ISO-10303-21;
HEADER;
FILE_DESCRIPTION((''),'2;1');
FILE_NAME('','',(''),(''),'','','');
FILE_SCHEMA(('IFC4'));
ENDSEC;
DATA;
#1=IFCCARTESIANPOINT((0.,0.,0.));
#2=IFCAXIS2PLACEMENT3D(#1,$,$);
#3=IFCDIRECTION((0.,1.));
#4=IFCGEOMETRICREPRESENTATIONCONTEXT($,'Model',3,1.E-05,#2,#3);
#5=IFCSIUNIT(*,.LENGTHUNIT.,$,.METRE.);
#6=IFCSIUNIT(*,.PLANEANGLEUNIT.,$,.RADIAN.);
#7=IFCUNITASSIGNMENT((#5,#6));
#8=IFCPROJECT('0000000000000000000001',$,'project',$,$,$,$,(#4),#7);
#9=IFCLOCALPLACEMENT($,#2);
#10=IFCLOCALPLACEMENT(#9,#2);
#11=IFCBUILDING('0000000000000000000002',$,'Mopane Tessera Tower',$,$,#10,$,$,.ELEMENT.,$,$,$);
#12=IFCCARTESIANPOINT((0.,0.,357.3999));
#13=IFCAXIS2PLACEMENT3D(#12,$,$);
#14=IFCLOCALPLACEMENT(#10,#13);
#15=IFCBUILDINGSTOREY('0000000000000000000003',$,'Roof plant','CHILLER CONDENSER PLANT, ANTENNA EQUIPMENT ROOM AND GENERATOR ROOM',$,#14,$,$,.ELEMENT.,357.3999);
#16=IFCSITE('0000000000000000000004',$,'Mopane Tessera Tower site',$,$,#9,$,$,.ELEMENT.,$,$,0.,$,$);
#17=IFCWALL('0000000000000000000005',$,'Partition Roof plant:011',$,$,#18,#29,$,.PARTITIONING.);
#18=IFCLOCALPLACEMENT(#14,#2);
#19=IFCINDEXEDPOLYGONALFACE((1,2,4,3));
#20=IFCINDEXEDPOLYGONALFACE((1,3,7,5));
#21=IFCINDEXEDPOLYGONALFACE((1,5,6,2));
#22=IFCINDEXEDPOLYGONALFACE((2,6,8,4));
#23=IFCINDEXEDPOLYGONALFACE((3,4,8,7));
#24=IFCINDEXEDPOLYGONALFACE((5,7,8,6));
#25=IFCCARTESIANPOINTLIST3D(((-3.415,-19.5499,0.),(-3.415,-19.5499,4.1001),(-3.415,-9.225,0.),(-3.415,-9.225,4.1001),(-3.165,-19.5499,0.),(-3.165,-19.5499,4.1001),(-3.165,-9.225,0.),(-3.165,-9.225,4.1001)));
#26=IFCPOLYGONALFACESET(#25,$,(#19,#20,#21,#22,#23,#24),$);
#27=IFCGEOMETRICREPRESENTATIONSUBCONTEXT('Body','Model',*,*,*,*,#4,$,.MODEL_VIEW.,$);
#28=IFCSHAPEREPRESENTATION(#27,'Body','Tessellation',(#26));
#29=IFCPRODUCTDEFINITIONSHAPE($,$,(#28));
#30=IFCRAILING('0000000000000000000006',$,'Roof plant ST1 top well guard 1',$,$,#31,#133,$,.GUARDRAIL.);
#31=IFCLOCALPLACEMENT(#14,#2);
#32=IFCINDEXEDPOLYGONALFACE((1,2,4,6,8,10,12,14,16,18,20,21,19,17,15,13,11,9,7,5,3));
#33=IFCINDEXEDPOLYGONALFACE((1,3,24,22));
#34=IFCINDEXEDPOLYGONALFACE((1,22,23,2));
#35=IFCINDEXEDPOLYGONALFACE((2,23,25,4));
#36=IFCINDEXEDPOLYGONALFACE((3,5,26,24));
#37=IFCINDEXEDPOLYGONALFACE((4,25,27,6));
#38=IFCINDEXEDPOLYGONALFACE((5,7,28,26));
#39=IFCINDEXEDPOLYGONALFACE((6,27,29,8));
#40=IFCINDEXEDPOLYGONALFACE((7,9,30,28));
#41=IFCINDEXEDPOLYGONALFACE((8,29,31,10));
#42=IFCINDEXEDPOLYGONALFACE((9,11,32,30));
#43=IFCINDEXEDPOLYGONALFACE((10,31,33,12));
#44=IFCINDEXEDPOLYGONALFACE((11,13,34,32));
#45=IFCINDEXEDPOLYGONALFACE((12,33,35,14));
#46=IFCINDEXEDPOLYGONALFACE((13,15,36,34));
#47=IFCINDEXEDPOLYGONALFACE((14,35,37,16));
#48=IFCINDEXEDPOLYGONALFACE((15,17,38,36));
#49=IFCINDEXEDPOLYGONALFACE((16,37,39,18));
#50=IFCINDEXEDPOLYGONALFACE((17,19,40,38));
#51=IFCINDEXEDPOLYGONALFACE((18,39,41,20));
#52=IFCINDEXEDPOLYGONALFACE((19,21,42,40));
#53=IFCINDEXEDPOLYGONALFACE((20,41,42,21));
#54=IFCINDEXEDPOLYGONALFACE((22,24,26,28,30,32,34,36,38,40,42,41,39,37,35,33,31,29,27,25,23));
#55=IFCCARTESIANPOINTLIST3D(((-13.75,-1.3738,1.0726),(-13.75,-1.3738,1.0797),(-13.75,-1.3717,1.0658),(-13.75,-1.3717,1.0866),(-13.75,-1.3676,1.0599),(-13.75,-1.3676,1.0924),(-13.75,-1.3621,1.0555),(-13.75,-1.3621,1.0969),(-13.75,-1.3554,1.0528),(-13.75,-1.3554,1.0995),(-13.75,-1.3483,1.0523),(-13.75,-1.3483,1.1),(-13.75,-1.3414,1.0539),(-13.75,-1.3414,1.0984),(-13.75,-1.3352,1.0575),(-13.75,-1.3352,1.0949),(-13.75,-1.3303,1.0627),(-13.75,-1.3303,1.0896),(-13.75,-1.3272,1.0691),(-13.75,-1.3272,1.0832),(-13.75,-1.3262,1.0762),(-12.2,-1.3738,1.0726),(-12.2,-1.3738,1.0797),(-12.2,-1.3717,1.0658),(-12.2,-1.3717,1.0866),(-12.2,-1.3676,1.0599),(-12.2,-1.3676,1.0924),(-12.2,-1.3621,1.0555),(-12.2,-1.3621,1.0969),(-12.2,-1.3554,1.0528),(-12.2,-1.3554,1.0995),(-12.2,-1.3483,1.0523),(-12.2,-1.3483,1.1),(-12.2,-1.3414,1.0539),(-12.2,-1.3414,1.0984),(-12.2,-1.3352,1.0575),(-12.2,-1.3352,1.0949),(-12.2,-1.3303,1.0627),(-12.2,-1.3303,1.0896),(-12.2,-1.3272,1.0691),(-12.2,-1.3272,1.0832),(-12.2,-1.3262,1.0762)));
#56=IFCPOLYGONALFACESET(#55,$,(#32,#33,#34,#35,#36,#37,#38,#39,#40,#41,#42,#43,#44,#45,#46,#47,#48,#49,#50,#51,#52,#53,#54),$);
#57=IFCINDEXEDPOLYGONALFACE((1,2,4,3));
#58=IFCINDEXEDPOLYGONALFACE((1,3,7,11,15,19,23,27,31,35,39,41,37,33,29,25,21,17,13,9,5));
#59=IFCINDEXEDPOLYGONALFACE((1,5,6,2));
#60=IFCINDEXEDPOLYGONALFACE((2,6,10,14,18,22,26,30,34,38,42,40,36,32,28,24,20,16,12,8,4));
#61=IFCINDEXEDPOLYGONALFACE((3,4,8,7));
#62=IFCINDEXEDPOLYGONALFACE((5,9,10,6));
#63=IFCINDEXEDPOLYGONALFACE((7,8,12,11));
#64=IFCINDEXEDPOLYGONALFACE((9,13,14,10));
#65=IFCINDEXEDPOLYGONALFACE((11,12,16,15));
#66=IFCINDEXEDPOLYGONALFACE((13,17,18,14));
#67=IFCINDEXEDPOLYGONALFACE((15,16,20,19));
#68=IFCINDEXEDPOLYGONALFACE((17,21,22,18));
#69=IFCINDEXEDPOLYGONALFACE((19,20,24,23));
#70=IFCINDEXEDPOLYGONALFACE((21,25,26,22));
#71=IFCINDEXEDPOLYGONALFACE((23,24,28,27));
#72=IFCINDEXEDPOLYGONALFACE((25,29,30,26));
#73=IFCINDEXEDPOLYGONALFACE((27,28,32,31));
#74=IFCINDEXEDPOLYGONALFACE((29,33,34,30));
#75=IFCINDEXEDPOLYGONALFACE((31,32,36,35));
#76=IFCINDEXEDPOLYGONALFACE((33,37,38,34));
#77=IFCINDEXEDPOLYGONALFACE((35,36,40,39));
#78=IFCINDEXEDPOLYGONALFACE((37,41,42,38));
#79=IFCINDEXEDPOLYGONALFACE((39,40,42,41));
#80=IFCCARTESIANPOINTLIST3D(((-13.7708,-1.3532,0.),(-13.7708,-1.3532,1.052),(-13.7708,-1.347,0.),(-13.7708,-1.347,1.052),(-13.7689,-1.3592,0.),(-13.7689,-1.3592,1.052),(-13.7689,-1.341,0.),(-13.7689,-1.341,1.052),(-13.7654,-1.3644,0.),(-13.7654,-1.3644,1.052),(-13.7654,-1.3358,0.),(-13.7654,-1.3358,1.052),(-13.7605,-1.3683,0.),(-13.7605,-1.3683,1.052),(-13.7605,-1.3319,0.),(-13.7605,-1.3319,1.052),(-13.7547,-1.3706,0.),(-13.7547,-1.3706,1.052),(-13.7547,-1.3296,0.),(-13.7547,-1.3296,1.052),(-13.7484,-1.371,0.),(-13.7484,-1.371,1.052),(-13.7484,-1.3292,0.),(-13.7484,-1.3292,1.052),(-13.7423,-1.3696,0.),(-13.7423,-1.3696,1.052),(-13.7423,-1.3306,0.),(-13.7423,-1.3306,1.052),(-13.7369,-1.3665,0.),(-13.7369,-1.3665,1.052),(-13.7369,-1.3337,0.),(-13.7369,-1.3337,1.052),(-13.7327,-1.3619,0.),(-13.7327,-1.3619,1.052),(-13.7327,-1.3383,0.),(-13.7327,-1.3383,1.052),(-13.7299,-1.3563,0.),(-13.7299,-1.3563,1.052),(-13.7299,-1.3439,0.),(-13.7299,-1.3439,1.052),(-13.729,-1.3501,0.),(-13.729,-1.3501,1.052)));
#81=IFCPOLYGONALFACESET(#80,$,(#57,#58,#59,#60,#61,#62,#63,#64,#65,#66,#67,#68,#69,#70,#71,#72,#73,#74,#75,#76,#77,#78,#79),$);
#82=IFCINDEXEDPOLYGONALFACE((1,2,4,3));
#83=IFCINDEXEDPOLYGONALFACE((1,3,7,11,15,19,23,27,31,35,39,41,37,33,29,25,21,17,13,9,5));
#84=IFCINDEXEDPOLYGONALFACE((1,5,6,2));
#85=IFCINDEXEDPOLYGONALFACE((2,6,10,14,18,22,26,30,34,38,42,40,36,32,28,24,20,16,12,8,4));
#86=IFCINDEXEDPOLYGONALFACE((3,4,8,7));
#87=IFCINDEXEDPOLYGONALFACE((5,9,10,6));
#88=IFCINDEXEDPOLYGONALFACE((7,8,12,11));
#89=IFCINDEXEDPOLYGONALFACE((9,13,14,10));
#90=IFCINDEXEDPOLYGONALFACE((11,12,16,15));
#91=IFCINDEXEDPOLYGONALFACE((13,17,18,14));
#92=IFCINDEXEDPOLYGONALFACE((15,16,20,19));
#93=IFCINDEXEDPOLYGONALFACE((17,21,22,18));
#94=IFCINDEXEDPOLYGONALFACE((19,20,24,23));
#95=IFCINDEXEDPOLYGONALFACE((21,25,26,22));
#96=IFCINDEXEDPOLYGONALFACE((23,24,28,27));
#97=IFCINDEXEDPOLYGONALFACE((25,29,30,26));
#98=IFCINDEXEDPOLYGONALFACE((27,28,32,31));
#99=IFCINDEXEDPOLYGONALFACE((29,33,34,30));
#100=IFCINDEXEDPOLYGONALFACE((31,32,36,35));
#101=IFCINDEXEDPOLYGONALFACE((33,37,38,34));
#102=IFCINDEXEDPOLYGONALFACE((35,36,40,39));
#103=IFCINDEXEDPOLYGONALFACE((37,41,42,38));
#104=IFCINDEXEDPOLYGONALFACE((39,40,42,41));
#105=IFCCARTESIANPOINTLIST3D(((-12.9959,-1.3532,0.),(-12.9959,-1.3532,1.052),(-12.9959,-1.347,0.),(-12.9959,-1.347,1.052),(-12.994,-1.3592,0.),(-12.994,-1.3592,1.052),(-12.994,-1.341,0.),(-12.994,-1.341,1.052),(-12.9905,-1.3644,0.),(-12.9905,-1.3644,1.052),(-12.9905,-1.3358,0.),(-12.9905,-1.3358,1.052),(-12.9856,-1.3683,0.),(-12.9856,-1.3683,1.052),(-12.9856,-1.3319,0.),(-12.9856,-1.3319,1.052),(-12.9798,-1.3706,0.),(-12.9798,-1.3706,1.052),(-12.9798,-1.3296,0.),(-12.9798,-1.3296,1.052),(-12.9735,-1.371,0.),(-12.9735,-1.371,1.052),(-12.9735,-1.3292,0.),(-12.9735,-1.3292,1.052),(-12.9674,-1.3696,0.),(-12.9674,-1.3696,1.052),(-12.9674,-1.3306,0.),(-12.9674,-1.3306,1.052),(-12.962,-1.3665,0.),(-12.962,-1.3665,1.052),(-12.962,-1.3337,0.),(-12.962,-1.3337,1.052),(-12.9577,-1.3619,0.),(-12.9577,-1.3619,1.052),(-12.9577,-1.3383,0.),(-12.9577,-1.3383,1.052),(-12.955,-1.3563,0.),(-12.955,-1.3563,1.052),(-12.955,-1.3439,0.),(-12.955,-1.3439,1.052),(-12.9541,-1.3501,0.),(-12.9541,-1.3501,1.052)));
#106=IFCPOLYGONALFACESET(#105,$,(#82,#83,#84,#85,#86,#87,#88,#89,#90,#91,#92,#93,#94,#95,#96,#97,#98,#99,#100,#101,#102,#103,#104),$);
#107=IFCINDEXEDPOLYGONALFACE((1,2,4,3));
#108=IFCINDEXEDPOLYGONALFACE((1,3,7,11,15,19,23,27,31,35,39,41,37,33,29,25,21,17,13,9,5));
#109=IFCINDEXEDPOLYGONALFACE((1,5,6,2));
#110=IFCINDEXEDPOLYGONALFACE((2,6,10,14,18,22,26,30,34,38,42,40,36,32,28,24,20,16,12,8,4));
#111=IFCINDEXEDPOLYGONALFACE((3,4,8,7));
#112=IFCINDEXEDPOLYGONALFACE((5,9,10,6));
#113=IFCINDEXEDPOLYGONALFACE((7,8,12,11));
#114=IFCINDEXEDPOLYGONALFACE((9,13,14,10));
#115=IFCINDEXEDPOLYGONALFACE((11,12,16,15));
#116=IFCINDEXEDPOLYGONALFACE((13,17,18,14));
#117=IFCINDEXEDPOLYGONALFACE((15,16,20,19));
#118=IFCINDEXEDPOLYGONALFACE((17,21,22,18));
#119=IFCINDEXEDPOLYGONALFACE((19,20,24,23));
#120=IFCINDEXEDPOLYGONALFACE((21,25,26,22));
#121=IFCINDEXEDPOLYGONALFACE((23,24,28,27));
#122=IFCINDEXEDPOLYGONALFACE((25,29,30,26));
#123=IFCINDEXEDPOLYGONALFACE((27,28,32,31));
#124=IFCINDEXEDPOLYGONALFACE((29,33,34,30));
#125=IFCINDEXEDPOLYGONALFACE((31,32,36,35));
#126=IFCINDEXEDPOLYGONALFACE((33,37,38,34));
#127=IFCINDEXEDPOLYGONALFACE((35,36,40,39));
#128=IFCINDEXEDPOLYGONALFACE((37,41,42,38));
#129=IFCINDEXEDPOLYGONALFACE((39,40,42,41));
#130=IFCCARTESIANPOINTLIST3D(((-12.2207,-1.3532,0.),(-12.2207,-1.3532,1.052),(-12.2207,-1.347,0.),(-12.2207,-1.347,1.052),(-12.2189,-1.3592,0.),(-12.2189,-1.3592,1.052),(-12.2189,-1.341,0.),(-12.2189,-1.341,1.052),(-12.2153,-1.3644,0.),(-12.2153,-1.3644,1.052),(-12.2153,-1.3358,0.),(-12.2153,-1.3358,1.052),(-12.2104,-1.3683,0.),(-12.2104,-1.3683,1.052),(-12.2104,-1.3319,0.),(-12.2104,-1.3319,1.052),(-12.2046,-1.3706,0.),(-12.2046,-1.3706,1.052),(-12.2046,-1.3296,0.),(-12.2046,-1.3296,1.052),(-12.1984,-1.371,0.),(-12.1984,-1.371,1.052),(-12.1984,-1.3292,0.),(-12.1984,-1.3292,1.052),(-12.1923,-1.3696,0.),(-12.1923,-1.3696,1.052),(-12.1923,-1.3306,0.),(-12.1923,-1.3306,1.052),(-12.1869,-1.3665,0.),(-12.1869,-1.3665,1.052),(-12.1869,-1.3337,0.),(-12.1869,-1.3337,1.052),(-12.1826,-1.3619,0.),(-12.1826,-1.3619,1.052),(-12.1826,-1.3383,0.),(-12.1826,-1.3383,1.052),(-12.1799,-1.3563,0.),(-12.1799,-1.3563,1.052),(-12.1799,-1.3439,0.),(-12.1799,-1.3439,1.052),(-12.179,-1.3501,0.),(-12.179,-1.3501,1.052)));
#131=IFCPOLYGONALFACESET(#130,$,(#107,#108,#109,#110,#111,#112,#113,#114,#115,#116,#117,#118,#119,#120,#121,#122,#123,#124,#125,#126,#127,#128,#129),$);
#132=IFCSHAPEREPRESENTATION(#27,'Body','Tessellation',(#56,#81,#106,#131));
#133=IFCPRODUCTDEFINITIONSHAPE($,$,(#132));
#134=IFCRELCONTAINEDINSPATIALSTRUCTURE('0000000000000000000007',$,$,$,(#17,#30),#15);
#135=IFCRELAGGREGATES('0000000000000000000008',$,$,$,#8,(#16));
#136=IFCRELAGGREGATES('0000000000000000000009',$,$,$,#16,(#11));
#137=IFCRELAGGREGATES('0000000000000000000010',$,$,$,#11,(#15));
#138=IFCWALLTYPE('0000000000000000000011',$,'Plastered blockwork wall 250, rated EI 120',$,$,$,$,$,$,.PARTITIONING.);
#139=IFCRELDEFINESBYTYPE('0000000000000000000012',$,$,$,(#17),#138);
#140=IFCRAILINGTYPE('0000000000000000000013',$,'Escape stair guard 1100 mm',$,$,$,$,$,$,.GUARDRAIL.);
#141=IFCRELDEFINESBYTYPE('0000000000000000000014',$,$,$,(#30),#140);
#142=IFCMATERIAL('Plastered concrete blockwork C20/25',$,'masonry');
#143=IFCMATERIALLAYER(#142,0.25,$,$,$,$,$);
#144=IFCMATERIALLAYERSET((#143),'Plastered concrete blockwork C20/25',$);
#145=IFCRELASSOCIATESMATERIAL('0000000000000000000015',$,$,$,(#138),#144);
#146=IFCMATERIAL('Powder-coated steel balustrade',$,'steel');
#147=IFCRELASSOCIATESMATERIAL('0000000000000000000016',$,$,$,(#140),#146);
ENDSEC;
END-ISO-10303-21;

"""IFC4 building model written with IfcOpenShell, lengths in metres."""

from ifc_helpers import new_model, si_unit, direction, frame, frame_2d, origin, origin_2d, place, context, subcontext, project, spatial, rectangle, circle, extrude, material, layer, layer_set, type_object, element, save


model = new_model("IFC4")

# Units and contexts
model_context = context("Model", 3, precision=1e-05, world=origin(), true_north=direction((0.0, 1.0)))
body_context = subcontext(model_context, "Body", "Model", "MODEL_VIEW")
ifc_project = project(units=[si_unit("LENGTHUNIT", "METRE"), si_unit("PLANEANGLEUNIT", "RADIAN")], contexts=[model_context])

# Site, building, storey
site_placement = place(None, origin())
site = spatial("IfcSite", under=ifc_project, at=site_placement, Name="Mopane Tessera Tower site", CompositionType="ELEMENT", RefElevation=0.0)
building_placement = place(site_placement, origin())
building = spatial("IfcBuilding", under=site, at=building_placement, Name="Mopane Tessera Tower", CompositionType="ELEMENT")
storey_placement = place(building_placement, frame((0.0, 0.0, 357.3999)))
storey = spatial("IfcBuildingStorey", under=building, at=storey_placement, Name="Roof plant", Description="CHILLER CONDENSER PLANT, ANTENNA EQUIPMENT ROOM AND GENERATOR ROOM", CompositionType="ELEMENT", Elevation=357.3999)

# Wall
ifc_material_1 = material(Name="Plastered concrete blockwork C20/25", Category="masonry")
ifc_layer_1 = layer(ifc_material_1, 0.25)
ifc_layer_set_1 = layer_set([ifc_layer_1], Name="Plastered concrete blockwork C20/25")
wall_type_1 = type_object("IfcWallType", Name="Plastered blockwork wall 250, rated EI 120", PredefinedType="PARTITIONING", material=ifc_layer_set_1)
wall_1_placement = place(storey_placement, frame((-3.29, -19.55, 0.0), z_axis=(0.0, 0.0, 1.0), x_axis=(0.0, 1.0, 0.0)))
element("IfcWall", 1, at=wall_1_placement, inside=storey, type_object=wall_type_1, Name="Partition Roof plant:011", PredefinedType="PARTITIONING", context=body_context, shape_type="SweptSolid", body=[
    extrude(rectangle(XDim=10.325, YDim=0.25, at=frame_2d((5.1626, 0.0))), origin(), (0.0, 0.0, 1.0), 4.1001),
])

# Railing
ifc_material_2 = material(Name="Powder-coated steel balustrade", Category="steel")
railing_type = type_object("IfcRailingType", Name="Escape stair guard 1100 mm", PredefinedType="GUARDRAIL", material=ifc_material_2)
railing_placement = place(storey_placement, frame((-13.75, -1.3501, 0.0)))
element("IfcRailing", 2, at=railing_placement, inside=storey, type_object=railing_type, Name="Roof plant ST1 top well guard 1", PredefinedType="GUARDRAIL", context=body_context, shape_type="SweptSolid", body=[
    extrude(circle(Radius=0.0239, at=origin_2d()), frame((0.0, 0.0, 1.0762), z_axis=(1.0, 0.0, 0.0), x_axis=(0.0, 1.0, 0.0)), (0.0, 0.0, 1.0), 1.55),
    extrude(circle(Radius=0.021, at=origin_2d()), origin(), (0.0, 0.0, 1.0), 1.052),
    extrude(circle(Radius=0.021, at=origin_2d()), frame((0.7749, 0.0, 0.0)), (0.0, 0.0, 1.0), 1.052),
    extrude(circle(Radius=0.021, at=origin_2d()), frame((1.55, 0.0, 0.0)), (0.0, 0.0, 1.0), 1.052),
])

save(model, "model.ifc")
